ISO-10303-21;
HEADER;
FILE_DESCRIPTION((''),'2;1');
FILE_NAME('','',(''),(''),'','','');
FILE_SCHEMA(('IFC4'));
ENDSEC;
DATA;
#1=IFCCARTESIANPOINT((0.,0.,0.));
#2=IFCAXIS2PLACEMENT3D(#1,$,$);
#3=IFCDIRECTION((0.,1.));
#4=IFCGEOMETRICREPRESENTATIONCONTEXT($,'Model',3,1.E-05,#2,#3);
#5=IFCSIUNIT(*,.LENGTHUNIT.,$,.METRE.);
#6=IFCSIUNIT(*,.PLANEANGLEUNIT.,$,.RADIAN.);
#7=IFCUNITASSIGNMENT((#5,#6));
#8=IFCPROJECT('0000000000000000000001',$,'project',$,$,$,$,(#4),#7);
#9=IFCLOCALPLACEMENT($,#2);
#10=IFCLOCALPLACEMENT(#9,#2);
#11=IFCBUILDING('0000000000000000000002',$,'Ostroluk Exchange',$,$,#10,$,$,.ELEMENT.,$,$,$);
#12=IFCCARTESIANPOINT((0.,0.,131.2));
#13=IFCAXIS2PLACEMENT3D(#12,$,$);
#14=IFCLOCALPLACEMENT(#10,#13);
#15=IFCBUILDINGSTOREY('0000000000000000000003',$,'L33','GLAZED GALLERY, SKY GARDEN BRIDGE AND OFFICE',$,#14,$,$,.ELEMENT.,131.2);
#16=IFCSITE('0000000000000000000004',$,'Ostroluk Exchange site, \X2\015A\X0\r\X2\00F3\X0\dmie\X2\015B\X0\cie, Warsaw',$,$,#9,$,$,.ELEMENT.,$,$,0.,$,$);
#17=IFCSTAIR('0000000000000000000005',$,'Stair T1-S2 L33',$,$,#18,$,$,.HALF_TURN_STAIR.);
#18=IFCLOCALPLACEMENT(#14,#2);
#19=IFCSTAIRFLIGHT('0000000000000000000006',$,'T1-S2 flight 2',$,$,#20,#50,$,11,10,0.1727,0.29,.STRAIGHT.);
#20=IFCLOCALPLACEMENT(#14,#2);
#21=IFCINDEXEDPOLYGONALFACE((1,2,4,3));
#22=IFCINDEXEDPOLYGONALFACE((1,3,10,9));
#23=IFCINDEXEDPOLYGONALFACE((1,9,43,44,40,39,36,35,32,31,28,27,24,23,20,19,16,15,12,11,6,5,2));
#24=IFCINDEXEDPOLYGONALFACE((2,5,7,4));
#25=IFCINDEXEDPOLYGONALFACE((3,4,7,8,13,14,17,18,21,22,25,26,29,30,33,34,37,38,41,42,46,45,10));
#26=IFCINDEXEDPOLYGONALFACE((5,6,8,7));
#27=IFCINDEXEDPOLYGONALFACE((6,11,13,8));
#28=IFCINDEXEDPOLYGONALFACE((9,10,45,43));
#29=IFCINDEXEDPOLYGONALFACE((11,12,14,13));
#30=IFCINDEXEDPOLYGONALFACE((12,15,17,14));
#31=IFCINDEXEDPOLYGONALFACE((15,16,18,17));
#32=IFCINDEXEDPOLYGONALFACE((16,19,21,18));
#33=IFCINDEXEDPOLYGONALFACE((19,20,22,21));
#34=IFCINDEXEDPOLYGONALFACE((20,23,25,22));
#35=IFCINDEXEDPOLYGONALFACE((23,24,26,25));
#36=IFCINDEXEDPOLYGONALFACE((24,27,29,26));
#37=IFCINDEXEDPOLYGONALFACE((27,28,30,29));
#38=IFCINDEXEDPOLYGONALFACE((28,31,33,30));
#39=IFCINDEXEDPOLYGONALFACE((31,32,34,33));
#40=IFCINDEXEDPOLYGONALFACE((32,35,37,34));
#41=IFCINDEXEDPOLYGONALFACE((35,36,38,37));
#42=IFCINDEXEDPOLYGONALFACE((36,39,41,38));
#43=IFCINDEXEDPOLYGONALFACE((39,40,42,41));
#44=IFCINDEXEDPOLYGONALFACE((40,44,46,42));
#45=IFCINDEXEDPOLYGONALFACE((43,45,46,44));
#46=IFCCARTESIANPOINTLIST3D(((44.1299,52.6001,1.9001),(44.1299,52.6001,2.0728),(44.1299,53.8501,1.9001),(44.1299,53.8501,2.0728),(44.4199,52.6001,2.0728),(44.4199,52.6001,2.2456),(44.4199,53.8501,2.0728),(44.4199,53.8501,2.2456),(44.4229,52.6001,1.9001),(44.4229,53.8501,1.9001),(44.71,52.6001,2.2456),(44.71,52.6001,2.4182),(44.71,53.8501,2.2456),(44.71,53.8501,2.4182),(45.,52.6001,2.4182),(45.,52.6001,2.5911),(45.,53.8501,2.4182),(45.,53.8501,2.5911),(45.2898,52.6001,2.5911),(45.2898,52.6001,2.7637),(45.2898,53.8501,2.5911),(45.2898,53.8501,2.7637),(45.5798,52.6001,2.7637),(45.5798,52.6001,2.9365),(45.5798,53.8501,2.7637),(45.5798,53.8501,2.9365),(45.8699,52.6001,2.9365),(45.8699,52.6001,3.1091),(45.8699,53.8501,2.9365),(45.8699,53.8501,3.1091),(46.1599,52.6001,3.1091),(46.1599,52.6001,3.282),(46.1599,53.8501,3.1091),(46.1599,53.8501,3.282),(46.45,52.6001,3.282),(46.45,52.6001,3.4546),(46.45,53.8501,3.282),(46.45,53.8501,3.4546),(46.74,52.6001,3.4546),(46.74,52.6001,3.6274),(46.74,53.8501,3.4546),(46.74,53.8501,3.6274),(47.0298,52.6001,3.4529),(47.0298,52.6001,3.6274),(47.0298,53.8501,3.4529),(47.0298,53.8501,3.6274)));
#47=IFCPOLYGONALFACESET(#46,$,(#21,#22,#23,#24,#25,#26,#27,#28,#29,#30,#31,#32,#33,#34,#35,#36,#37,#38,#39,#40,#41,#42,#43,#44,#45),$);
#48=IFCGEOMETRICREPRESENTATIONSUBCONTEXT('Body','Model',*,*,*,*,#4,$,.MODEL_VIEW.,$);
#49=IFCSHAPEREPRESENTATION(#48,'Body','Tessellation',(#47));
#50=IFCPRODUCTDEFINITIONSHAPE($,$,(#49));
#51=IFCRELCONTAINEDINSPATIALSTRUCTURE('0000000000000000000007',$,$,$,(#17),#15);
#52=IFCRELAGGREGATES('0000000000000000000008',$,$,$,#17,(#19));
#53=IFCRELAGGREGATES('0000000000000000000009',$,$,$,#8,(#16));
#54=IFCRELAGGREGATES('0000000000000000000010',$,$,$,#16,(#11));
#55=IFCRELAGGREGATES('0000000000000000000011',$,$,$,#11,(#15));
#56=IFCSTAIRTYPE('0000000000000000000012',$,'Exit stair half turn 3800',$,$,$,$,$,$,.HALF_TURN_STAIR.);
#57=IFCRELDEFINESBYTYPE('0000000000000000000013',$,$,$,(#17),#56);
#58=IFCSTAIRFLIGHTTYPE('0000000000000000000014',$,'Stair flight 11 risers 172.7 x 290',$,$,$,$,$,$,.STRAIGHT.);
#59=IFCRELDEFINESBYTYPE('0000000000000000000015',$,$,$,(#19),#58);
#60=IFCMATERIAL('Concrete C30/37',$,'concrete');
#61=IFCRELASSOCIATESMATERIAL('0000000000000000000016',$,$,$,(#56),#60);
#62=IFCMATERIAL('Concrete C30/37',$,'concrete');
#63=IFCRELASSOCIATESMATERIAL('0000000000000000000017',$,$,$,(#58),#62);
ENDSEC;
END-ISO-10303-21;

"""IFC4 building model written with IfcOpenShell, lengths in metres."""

from ifc_helpers import new_model, si_unit, direction, frame, origin, place, context, subcontext, project, spatial, polyline, outline, extrude, material, type_object, element, aggregate, save


model = new_model("IFC4")

# Units and contexts
model_context = context("Model", 3, precision=1e-05, world=origin(), true_north=direction((0.0, 1.0)))
body_context = subcontext(model_context, "Body", "Model", "MODEL_VIEW")
ifc_project = project(units=[si_unit("LENGTHUNIT", "METRE"), si_unit("PLANEANGLEUNIT", "RADIAN")], contexts=[model_context])

# Site, building, storey
site_placement = place(None, origin())
site = spatial("IfcSite", under=ifc_project, at=site_placement, Name="Ostroluk Exchange site, Śródmieście, Warsaw", CompositionType="ELEMENT", RefElevation=0.0)
building_placement = place(site_placement, origin())
building = spatial("IfcBuilding", under=site, at=building_placement, Name="Ostroluk Exchange", CompositionType="ELEMENT")
storey_placement = place(building_placement, frame((0.0, 0.0, 131.2)))
storey = spatial("IfcBuildingStorey", under=building, at=storey_placement, Name="L33", Description="GLAZED GALLERY, SKY GARDEN BRIDGE AND OFFICE", CompositionType="ELEMENT", Elevation=131.2)

# Stair, stair flight
ifc_material_1 = material(Name="Concrete C30/37", Category="concrete")
stair_type = type_object("IfcStairType", Name="Exit stair half turn 3800", PredefinedType="HALF_TURN_STAIR", material=ifc_material_1)
stair_placement = place(storey_placement, origin())
stair = element("IfcStair", 1, at=stair_placement, inside=storey, type_object=stair_type, Name="Stair T1-S2 L33", PredefinedType="HALF_TURN_STAIR")
ifc_material_2 = material(Name="Concrete C30/37", Category="concrete")
stair_flight_type = type_object("IfcStairFlightType", Name="Stair flight 11 risers 172.7 x 290", PredefinedType="STRAIGHT", material=ifc_material_2)
stair_flight_1_placement = place(storey_placement, frame((44.1299, 53.2251, 1.9001), z_axis=(0.0, 0.0, 1.0), x_axis=(1.0, 0.0, 0.0)))
stair_flight_1 = element("IfcStairFlight", 2, at=stair_flight_1_placement, type_object=stair_flight_type, Name="T1-S2 flight 2", NumberOfRisers=11, NumberOfTreads=10, PredefinedType="STRAIGHT", RiserHeight=0.1727, TreadLength=0.29, context=body_context, shape_type="SweptSolid", body=[
    extrude(outline(polyline([(0.0, 0.0), (0.0, 0.1726), (0.29, 0.1726), (0.29, 0.3455), (0.5801, 0.3455), (0.5801, 0.5181), (0.8701, 0.5181), (0.8701, 0.6909), (1.1599, 0.6909), (1.1599, 0.8635), (1.45, 0.8635), (1.45, 1.0364), (1.74, 1.0364), (1.74, 1.209), (2.03, 1.209), (2.03, 1.3818), (2.3201, 1.3818), (2.3201, 1.5544), (2.6101, 1.5544), (2.6101, 1.7273), (2.8999, 1.7273), (2.8999, 1.8999), (2.8999, 1.5527), (0.293, 0.0), (0.0, 0.0)])), frame((0.0, 0.625, 0.0), z_axis=(0.0, -1.0, 0.0), x_axis=(1.0, 0.0, 0.0)), (0.0, 0.0, 1.0), 1.25),
])
aggregate(stair, [stair_flight_1])

save(model, "model.ifc")
